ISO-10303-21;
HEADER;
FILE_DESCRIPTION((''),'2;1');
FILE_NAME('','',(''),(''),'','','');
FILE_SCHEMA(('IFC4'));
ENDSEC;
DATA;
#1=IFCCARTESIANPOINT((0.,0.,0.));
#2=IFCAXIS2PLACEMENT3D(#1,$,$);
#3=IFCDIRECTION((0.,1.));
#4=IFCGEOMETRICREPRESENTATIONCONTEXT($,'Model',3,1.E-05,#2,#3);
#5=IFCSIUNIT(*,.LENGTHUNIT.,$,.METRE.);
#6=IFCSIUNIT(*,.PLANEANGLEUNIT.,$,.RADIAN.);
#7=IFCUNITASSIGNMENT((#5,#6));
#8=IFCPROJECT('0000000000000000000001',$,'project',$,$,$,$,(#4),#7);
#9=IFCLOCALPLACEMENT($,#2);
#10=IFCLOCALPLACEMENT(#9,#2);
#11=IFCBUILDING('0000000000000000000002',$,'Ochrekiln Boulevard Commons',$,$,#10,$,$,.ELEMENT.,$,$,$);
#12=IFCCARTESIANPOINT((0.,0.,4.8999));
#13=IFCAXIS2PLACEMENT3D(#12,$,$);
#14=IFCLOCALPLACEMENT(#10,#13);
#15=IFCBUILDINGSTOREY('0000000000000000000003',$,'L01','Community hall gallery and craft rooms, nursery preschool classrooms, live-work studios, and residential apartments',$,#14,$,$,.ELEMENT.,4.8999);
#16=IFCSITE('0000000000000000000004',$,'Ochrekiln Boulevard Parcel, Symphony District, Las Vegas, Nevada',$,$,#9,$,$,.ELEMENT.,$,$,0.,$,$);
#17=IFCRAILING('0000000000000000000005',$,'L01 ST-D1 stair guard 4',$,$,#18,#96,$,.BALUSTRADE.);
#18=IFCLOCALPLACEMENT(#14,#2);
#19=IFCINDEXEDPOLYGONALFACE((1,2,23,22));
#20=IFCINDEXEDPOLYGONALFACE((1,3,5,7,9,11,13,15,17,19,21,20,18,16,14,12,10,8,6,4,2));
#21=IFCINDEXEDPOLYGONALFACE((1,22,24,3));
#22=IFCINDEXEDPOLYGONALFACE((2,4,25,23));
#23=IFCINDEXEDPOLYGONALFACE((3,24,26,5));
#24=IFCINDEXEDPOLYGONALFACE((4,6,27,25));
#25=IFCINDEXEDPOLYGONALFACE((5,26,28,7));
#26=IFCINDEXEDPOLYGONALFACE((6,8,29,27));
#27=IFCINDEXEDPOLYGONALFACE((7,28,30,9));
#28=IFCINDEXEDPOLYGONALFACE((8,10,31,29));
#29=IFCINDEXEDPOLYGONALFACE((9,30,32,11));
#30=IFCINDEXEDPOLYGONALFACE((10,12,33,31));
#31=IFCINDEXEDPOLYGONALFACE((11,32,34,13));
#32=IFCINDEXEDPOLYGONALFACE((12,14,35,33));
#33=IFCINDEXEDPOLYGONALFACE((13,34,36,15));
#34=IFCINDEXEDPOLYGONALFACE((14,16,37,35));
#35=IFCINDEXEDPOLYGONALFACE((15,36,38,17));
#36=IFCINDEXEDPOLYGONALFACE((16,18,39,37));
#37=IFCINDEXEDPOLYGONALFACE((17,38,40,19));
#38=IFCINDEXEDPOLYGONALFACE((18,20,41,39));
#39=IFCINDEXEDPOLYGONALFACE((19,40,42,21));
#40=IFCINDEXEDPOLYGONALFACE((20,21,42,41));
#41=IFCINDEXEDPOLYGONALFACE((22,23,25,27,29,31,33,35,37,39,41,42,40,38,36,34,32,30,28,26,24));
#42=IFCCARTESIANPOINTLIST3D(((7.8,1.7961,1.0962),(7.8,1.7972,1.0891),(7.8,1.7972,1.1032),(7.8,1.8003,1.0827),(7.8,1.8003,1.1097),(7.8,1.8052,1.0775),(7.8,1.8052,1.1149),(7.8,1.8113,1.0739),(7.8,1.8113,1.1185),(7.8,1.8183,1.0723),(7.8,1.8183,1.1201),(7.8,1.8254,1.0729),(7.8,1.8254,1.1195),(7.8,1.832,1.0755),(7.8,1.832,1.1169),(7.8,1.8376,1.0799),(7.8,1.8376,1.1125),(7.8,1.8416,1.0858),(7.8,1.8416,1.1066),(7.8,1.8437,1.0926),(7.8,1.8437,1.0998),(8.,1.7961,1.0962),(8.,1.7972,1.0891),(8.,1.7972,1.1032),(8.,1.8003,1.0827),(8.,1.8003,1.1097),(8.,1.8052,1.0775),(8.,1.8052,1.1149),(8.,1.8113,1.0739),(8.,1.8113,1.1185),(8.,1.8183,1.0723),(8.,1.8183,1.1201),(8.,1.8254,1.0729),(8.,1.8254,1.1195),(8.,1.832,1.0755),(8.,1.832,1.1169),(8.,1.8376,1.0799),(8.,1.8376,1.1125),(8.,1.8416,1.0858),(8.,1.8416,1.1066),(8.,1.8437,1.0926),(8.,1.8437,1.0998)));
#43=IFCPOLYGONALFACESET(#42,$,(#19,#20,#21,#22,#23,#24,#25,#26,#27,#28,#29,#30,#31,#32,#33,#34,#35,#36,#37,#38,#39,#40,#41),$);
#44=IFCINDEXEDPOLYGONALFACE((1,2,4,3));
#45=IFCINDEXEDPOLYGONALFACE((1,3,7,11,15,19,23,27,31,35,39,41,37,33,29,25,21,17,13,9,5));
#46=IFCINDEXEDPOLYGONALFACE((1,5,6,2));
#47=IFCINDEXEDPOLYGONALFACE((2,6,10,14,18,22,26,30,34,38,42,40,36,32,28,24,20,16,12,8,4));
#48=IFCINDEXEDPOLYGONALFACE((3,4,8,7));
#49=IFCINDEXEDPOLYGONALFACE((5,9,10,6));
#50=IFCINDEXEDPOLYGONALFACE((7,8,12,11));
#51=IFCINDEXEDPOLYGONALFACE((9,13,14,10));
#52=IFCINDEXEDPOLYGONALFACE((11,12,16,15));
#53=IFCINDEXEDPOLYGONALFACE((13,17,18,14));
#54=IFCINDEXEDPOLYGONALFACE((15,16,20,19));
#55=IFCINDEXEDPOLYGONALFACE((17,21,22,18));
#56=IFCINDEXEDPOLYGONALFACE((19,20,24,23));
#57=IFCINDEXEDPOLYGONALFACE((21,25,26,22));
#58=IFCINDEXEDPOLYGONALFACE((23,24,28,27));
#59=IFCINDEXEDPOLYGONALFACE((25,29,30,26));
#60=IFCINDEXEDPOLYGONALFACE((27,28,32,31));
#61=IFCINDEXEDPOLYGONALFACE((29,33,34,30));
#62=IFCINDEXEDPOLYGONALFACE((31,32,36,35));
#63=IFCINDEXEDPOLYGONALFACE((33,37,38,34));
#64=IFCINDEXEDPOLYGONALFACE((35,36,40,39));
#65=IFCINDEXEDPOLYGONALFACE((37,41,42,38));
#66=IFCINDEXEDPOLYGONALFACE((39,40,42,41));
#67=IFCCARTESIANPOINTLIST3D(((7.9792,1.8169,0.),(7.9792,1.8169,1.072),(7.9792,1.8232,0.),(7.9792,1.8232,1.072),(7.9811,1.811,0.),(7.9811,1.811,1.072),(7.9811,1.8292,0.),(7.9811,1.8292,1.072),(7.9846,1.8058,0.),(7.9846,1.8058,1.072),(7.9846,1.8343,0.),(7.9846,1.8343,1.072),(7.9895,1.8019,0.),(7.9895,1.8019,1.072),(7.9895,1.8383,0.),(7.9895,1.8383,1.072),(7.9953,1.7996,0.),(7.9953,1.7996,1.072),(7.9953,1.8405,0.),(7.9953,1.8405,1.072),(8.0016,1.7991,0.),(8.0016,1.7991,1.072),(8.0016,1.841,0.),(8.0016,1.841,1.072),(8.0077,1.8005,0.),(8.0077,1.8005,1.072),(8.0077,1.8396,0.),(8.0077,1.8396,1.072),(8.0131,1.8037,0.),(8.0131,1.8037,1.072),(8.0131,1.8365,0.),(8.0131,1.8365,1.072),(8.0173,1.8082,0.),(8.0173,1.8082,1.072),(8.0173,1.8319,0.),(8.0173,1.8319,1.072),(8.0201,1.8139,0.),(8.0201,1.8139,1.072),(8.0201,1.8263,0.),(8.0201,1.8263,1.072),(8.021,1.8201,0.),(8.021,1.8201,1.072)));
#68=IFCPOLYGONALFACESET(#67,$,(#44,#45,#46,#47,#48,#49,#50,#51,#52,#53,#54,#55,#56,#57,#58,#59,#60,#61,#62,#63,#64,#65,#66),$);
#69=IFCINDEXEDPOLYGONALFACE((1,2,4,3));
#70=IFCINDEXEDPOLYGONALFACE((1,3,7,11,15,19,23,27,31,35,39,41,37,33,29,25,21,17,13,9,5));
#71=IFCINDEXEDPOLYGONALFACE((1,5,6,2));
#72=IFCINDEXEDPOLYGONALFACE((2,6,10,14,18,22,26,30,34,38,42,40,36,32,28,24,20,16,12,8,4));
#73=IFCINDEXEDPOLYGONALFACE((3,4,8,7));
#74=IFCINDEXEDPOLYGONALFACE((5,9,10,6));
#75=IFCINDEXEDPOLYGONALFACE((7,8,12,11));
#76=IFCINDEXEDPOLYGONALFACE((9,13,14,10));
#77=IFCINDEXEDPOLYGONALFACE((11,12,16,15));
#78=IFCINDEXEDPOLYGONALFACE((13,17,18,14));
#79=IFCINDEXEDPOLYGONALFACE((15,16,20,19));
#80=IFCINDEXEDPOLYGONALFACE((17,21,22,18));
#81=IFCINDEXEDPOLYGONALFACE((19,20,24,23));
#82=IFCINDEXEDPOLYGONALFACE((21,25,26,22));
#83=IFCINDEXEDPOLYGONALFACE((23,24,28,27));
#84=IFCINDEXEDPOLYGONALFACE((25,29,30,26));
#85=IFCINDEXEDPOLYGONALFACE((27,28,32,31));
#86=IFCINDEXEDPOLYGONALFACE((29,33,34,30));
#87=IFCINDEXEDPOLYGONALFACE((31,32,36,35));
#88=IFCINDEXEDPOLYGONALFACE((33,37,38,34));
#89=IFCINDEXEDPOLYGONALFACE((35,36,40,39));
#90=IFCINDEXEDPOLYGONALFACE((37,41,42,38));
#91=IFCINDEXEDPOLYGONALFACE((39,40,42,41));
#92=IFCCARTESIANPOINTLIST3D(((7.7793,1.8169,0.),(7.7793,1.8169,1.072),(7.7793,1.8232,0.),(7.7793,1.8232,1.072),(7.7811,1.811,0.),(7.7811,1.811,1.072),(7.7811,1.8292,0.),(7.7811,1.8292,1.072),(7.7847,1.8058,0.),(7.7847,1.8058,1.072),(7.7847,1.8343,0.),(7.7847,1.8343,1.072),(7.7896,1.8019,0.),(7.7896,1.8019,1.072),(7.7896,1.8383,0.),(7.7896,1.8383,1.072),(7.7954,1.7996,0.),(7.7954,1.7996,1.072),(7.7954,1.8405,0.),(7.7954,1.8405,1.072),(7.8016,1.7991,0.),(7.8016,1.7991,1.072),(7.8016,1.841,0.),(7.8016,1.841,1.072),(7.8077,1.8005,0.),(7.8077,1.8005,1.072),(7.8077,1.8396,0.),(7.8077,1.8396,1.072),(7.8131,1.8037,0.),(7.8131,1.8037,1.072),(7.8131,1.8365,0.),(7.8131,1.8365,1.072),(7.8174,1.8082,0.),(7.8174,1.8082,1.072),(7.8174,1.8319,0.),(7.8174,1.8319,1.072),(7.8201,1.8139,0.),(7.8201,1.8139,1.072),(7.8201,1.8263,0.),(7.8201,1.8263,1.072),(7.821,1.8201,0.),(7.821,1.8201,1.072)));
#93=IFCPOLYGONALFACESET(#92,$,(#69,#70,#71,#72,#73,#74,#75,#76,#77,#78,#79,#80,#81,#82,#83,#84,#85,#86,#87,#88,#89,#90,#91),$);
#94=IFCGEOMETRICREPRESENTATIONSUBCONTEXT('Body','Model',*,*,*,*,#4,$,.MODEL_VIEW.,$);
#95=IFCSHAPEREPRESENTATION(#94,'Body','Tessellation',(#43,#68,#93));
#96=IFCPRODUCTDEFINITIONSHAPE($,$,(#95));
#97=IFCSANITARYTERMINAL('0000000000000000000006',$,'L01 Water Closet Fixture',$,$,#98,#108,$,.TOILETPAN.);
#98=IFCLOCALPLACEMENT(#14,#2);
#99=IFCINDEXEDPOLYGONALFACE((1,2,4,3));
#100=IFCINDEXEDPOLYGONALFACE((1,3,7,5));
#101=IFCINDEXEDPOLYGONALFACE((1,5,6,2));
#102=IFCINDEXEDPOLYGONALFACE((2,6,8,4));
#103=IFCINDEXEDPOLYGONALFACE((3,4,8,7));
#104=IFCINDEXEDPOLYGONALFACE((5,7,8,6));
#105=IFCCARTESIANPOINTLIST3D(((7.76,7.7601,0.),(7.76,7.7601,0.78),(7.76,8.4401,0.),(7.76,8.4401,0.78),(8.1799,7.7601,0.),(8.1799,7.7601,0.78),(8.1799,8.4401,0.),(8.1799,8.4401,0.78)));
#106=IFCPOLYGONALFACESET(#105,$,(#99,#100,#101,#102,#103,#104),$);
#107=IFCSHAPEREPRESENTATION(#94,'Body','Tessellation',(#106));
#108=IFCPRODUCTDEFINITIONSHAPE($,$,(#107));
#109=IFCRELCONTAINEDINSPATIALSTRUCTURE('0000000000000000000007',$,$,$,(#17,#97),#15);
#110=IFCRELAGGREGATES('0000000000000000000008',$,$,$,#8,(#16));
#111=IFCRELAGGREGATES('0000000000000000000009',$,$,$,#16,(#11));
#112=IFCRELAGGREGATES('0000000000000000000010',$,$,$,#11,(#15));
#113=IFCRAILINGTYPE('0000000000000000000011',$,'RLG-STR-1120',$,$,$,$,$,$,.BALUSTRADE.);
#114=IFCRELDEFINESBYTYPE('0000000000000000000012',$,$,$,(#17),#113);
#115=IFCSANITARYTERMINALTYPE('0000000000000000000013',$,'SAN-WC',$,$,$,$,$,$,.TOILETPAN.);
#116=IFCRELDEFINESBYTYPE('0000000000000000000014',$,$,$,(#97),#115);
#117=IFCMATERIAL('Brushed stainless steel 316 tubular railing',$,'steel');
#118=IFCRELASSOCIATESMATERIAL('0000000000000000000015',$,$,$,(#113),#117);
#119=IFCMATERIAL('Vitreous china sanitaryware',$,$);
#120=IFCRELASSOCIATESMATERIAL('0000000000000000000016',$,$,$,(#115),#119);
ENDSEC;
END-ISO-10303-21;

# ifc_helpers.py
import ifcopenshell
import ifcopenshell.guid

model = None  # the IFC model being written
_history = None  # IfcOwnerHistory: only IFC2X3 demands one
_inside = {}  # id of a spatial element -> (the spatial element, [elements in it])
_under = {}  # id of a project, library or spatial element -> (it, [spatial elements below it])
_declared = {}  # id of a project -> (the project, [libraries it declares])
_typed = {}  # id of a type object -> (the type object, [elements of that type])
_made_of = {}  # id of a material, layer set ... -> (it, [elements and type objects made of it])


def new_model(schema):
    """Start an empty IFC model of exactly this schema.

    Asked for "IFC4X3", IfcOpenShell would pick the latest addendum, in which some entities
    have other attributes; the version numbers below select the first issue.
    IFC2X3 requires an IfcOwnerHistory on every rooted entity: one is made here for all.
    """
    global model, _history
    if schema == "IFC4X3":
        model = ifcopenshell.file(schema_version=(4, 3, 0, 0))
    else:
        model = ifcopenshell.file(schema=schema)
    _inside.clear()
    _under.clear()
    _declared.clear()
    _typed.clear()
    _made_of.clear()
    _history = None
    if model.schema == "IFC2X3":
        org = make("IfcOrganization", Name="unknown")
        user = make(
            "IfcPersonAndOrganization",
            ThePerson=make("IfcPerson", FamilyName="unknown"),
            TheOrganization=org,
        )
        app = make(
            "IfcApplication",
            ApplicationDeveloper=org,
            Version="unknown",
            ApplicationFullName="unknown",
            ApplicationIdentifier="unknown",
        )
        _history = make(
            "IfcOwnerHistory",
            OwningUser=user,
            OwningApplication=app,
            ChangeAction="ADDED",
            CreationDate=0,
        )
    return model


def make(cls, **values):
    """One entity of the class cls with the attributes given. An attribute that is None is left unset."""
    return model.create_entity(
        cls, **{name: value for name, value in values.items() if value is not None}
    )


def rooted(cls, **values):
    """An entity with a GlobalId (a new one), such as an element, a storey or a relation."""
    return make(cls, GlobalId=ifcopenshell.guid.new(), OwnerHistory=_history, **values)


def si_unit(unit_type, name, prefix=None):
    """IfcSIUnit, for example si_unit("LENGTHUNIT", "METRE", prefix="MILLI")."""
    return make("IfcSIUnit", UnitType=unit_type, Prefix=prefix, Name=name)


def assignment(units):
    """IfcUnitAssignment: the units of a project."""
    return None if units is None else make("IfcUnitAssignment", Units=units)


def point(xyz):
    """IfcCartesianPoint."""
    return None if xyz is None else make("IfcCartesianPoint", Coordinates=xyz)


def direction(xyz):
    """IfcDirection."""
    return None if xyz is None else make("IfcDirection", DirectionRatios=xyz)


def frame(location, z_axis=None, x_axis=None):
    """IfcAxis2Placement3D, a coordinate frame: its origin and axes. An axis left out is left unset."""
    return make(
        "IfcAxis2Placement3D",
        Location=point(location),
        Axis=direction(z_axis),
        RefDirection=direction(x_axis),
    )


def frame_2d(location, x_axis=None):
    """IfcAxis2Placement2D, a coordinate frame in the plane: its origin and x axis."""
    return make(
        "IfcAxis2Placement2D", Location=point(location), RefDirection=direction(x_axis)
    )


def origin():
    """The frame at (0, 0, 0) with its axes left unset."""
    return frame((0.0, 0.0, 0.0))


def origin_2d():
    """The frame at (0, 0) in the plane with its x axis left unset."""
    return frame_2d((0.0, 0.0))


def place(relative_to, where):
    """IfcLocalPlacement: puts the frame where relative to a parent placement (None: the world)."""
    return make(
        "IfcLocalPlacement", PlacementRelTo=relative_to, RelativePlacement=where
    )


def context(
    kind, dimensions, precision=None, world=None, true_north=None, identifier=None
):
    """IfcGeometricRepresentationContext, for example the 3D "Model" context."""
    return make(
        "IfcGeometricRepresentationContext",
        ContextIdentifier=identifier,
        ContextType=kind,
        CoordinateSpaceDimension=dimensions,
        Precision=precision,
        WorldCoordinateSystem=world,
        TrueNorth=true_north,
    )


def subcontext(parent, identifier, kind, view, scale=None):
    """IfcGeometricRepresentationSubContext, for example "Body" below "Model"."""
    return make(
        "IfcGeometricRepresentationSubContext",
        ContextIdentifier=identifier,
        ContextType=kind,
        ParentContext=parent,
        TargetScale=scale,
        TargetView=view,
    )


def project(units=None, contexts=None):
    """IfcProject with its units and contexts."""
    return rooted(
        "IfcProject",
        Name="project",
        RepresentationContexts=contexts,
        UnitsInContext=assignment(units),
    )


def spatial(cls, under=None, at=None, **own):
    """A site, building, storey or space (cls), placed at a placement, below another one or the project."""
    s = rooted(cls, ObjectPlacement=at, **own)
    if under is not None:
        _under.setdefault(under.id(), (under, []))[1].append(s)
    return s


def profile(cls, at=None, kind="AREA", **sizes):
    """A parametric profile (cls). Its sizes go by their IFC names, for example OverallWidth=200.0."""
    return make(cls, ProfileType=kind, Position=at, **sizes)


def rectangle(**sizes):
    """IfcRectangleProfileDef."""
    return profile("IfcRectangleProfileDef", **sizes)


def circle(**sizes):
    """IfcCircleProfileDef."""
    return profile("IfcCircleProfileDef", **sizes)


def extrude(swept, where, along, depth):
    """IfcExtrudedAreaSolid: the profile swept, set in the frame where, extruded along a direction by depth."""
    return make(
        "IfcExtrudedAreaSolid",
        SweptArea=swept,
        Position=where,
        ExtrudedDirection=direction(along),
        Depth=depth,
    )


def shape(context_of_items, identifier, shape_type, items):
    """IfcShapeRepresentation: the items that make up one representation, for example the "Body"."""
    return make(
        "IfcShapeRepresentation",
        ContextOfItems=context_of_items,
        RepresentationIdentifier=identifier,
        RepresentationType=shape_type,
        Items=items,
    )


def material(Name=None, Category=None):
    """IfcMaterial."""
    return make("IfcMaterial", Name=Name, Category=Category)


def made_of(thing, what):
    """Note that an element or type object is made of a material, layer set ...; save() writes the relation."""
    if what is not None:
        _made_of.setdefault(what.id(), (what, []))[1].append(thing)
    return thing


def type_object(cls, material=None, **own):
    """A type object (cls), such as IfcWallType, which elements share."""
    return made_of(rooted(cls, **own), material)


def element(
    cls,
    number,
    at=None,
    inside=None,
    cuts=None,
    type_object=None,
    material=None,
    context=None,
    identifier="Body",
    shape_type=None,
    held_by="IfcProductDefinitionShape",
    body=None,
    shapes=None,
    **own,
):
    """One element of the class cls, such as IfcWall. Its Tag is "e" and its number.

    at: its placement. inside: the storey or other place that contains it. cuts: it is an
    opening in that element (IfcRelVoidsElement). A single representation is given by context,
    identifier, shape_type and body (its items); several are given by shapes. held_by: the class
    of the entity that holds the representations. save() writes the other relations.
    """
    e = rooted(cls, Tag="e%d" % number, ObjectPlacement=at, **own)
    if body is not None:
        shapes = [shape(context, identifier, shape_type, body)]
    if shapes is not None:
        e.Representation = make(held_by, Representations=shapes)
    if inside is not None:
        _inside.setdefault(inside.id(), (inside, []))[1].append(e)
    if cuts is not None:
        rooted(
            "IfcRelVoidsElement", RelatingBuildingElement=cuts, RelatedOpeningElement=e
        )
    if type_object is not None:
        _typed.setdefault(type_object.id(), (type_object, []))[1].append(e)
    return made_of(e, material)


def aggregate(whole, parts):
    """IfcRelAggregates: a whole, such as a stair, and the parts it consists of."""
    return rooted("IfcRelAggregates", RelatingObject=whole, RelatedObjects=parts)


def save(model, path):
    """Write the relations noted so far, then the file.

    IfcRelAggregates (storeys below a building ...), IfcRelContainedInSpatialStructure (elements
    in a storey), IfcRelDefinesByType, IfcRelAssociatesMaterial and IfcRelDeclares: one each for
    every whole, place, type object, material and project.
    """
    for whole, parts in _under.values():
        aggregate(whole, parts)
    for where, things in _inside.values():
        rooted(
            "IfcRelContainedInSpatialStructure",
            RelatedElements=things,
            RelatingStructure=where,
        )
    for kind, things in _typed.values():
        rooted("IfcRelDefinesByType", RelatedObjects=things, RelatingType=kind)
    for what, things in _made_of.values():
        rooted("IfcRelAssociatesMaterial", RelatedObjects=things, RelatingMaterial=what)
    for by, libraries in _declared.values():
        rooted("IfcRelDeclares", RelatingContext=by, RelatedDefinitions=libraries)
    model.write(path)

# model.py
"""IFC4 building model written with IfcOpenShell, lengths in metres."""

from ifc_helpers import new_model, si_unit, direction, frame, origin, origin_2d, place, context, subcontext, project, spatial, rectangle, circle, extrude, material, type_object, element, save


model = new_model("IFC4")

# Units and contexts
model_context = context("Model", 3, precision=1e-05, world=origin(), true_north=direction((0.0, 1.0)))
body_context = subcontext(model_context, "Body", "Model", "MODEL_VIEW")
ifc_project = project(units=[si_unit("LENGTHUNIT", "METRE"), si_unit("PLANEANGLEUNIT", "RADIAN")], contexts=[model_context])

# Site, building, storey
site_placement = place(None, origin())
site = spatial("IfcSite", under=ifc_project, at=site_placement, Name="Ochrekiln Boulevard Parcel, Symphony District, Las Vegas, Nevada", CompositionType="ELEMENT", RefElevation=0.0)
building_placement = place(site_placement, origin())
building = spatial("IfcBuilding", under=site, at=building_placement, Name="Ochrekiln Boulevard Commons", CompositionType="ELEMENT")
storey_placement = place(building_placement, frame((0.0, 0.0, 4.8999)))
storey = spatial("IfcBuildingStorey", under=building, at=storey_placement, Name="L01", Description="Community hall gallery and craft rooms, nursery preschool classrooms, live-work studios, and residential apartments", CompositionType="ELEMENT", Elevation=4.8999)

# Railing
ifc_material_1 = material(Name="Brushed stainless steel 316 tubular railing", Category="steel")
railing_type_1 = type_object("IfcRailingType", Name="RLG-STR-1120", PredefinedType="BALUSTRADE", material=ifc_material_1)
railing_1_placement = place(storey_placement, frame((8.0, 1.8201, 0.0)))
element("IfcRailing", 1, at=railing_1_placement, inside=storey, type_object=railing_type_1, Name="L01 ST-D1 stair guard 4", PredefinedType="BALUSTRADE", context=body_context, shape_type="SweptSolid", body=[
    extrude(circle(Radius=0.0239, at=origin_2d()), frame((0.0, 0.0, 1.0962), z_axis=(-1.0, 0.0, 0.0), x_axis=(0.0, -1.0, 0.0)), (0.0, 0.0, 1.0), 0.2),
    extrude(circle(Radius=0.021, at=origin_2d()), origin(), (0.0, 0.0, 1.0), 1.072),
    extrude(circle(Radius=0.021, at=origin_2d()), frame((-0.2, 0.0, 0.0)), (0.0, 0.0, 1.0), 1.072),
])

# Sanitary terminal
ifc_material_2 = material(Name="Vitreous china sanitaryware")
sanitary_terminal_type = type_object("IfcSanitaryTerminalType", Name="SAN-WC", PredefinedType="TOILETPAN", material=ifc_material_2)
sanitary_terminal_placement = place(storey_placement, frame((7.97, 8.1001, 0.0), z_axis=(0.0, 0.0, 1.0), x_axis=(1.0, 0.0, 0.0)))
element("IfcSanitaryTerminal", 2, at=sanitary_terminal_placement, inside=storey, type_object=sanitary_terminal_type, Name="L01 Water Closet Fixture", PredefinedType="TOILETPAN", context=body_context, shape_type="SweptSolid", body=[
    extrude(rectangle(XDim=0.4199, YDim=0.6799, at=origin_2d()), origin(), (0.0, 0.0, 1.0), 0.78),
])

save(model, "model.ifc")
